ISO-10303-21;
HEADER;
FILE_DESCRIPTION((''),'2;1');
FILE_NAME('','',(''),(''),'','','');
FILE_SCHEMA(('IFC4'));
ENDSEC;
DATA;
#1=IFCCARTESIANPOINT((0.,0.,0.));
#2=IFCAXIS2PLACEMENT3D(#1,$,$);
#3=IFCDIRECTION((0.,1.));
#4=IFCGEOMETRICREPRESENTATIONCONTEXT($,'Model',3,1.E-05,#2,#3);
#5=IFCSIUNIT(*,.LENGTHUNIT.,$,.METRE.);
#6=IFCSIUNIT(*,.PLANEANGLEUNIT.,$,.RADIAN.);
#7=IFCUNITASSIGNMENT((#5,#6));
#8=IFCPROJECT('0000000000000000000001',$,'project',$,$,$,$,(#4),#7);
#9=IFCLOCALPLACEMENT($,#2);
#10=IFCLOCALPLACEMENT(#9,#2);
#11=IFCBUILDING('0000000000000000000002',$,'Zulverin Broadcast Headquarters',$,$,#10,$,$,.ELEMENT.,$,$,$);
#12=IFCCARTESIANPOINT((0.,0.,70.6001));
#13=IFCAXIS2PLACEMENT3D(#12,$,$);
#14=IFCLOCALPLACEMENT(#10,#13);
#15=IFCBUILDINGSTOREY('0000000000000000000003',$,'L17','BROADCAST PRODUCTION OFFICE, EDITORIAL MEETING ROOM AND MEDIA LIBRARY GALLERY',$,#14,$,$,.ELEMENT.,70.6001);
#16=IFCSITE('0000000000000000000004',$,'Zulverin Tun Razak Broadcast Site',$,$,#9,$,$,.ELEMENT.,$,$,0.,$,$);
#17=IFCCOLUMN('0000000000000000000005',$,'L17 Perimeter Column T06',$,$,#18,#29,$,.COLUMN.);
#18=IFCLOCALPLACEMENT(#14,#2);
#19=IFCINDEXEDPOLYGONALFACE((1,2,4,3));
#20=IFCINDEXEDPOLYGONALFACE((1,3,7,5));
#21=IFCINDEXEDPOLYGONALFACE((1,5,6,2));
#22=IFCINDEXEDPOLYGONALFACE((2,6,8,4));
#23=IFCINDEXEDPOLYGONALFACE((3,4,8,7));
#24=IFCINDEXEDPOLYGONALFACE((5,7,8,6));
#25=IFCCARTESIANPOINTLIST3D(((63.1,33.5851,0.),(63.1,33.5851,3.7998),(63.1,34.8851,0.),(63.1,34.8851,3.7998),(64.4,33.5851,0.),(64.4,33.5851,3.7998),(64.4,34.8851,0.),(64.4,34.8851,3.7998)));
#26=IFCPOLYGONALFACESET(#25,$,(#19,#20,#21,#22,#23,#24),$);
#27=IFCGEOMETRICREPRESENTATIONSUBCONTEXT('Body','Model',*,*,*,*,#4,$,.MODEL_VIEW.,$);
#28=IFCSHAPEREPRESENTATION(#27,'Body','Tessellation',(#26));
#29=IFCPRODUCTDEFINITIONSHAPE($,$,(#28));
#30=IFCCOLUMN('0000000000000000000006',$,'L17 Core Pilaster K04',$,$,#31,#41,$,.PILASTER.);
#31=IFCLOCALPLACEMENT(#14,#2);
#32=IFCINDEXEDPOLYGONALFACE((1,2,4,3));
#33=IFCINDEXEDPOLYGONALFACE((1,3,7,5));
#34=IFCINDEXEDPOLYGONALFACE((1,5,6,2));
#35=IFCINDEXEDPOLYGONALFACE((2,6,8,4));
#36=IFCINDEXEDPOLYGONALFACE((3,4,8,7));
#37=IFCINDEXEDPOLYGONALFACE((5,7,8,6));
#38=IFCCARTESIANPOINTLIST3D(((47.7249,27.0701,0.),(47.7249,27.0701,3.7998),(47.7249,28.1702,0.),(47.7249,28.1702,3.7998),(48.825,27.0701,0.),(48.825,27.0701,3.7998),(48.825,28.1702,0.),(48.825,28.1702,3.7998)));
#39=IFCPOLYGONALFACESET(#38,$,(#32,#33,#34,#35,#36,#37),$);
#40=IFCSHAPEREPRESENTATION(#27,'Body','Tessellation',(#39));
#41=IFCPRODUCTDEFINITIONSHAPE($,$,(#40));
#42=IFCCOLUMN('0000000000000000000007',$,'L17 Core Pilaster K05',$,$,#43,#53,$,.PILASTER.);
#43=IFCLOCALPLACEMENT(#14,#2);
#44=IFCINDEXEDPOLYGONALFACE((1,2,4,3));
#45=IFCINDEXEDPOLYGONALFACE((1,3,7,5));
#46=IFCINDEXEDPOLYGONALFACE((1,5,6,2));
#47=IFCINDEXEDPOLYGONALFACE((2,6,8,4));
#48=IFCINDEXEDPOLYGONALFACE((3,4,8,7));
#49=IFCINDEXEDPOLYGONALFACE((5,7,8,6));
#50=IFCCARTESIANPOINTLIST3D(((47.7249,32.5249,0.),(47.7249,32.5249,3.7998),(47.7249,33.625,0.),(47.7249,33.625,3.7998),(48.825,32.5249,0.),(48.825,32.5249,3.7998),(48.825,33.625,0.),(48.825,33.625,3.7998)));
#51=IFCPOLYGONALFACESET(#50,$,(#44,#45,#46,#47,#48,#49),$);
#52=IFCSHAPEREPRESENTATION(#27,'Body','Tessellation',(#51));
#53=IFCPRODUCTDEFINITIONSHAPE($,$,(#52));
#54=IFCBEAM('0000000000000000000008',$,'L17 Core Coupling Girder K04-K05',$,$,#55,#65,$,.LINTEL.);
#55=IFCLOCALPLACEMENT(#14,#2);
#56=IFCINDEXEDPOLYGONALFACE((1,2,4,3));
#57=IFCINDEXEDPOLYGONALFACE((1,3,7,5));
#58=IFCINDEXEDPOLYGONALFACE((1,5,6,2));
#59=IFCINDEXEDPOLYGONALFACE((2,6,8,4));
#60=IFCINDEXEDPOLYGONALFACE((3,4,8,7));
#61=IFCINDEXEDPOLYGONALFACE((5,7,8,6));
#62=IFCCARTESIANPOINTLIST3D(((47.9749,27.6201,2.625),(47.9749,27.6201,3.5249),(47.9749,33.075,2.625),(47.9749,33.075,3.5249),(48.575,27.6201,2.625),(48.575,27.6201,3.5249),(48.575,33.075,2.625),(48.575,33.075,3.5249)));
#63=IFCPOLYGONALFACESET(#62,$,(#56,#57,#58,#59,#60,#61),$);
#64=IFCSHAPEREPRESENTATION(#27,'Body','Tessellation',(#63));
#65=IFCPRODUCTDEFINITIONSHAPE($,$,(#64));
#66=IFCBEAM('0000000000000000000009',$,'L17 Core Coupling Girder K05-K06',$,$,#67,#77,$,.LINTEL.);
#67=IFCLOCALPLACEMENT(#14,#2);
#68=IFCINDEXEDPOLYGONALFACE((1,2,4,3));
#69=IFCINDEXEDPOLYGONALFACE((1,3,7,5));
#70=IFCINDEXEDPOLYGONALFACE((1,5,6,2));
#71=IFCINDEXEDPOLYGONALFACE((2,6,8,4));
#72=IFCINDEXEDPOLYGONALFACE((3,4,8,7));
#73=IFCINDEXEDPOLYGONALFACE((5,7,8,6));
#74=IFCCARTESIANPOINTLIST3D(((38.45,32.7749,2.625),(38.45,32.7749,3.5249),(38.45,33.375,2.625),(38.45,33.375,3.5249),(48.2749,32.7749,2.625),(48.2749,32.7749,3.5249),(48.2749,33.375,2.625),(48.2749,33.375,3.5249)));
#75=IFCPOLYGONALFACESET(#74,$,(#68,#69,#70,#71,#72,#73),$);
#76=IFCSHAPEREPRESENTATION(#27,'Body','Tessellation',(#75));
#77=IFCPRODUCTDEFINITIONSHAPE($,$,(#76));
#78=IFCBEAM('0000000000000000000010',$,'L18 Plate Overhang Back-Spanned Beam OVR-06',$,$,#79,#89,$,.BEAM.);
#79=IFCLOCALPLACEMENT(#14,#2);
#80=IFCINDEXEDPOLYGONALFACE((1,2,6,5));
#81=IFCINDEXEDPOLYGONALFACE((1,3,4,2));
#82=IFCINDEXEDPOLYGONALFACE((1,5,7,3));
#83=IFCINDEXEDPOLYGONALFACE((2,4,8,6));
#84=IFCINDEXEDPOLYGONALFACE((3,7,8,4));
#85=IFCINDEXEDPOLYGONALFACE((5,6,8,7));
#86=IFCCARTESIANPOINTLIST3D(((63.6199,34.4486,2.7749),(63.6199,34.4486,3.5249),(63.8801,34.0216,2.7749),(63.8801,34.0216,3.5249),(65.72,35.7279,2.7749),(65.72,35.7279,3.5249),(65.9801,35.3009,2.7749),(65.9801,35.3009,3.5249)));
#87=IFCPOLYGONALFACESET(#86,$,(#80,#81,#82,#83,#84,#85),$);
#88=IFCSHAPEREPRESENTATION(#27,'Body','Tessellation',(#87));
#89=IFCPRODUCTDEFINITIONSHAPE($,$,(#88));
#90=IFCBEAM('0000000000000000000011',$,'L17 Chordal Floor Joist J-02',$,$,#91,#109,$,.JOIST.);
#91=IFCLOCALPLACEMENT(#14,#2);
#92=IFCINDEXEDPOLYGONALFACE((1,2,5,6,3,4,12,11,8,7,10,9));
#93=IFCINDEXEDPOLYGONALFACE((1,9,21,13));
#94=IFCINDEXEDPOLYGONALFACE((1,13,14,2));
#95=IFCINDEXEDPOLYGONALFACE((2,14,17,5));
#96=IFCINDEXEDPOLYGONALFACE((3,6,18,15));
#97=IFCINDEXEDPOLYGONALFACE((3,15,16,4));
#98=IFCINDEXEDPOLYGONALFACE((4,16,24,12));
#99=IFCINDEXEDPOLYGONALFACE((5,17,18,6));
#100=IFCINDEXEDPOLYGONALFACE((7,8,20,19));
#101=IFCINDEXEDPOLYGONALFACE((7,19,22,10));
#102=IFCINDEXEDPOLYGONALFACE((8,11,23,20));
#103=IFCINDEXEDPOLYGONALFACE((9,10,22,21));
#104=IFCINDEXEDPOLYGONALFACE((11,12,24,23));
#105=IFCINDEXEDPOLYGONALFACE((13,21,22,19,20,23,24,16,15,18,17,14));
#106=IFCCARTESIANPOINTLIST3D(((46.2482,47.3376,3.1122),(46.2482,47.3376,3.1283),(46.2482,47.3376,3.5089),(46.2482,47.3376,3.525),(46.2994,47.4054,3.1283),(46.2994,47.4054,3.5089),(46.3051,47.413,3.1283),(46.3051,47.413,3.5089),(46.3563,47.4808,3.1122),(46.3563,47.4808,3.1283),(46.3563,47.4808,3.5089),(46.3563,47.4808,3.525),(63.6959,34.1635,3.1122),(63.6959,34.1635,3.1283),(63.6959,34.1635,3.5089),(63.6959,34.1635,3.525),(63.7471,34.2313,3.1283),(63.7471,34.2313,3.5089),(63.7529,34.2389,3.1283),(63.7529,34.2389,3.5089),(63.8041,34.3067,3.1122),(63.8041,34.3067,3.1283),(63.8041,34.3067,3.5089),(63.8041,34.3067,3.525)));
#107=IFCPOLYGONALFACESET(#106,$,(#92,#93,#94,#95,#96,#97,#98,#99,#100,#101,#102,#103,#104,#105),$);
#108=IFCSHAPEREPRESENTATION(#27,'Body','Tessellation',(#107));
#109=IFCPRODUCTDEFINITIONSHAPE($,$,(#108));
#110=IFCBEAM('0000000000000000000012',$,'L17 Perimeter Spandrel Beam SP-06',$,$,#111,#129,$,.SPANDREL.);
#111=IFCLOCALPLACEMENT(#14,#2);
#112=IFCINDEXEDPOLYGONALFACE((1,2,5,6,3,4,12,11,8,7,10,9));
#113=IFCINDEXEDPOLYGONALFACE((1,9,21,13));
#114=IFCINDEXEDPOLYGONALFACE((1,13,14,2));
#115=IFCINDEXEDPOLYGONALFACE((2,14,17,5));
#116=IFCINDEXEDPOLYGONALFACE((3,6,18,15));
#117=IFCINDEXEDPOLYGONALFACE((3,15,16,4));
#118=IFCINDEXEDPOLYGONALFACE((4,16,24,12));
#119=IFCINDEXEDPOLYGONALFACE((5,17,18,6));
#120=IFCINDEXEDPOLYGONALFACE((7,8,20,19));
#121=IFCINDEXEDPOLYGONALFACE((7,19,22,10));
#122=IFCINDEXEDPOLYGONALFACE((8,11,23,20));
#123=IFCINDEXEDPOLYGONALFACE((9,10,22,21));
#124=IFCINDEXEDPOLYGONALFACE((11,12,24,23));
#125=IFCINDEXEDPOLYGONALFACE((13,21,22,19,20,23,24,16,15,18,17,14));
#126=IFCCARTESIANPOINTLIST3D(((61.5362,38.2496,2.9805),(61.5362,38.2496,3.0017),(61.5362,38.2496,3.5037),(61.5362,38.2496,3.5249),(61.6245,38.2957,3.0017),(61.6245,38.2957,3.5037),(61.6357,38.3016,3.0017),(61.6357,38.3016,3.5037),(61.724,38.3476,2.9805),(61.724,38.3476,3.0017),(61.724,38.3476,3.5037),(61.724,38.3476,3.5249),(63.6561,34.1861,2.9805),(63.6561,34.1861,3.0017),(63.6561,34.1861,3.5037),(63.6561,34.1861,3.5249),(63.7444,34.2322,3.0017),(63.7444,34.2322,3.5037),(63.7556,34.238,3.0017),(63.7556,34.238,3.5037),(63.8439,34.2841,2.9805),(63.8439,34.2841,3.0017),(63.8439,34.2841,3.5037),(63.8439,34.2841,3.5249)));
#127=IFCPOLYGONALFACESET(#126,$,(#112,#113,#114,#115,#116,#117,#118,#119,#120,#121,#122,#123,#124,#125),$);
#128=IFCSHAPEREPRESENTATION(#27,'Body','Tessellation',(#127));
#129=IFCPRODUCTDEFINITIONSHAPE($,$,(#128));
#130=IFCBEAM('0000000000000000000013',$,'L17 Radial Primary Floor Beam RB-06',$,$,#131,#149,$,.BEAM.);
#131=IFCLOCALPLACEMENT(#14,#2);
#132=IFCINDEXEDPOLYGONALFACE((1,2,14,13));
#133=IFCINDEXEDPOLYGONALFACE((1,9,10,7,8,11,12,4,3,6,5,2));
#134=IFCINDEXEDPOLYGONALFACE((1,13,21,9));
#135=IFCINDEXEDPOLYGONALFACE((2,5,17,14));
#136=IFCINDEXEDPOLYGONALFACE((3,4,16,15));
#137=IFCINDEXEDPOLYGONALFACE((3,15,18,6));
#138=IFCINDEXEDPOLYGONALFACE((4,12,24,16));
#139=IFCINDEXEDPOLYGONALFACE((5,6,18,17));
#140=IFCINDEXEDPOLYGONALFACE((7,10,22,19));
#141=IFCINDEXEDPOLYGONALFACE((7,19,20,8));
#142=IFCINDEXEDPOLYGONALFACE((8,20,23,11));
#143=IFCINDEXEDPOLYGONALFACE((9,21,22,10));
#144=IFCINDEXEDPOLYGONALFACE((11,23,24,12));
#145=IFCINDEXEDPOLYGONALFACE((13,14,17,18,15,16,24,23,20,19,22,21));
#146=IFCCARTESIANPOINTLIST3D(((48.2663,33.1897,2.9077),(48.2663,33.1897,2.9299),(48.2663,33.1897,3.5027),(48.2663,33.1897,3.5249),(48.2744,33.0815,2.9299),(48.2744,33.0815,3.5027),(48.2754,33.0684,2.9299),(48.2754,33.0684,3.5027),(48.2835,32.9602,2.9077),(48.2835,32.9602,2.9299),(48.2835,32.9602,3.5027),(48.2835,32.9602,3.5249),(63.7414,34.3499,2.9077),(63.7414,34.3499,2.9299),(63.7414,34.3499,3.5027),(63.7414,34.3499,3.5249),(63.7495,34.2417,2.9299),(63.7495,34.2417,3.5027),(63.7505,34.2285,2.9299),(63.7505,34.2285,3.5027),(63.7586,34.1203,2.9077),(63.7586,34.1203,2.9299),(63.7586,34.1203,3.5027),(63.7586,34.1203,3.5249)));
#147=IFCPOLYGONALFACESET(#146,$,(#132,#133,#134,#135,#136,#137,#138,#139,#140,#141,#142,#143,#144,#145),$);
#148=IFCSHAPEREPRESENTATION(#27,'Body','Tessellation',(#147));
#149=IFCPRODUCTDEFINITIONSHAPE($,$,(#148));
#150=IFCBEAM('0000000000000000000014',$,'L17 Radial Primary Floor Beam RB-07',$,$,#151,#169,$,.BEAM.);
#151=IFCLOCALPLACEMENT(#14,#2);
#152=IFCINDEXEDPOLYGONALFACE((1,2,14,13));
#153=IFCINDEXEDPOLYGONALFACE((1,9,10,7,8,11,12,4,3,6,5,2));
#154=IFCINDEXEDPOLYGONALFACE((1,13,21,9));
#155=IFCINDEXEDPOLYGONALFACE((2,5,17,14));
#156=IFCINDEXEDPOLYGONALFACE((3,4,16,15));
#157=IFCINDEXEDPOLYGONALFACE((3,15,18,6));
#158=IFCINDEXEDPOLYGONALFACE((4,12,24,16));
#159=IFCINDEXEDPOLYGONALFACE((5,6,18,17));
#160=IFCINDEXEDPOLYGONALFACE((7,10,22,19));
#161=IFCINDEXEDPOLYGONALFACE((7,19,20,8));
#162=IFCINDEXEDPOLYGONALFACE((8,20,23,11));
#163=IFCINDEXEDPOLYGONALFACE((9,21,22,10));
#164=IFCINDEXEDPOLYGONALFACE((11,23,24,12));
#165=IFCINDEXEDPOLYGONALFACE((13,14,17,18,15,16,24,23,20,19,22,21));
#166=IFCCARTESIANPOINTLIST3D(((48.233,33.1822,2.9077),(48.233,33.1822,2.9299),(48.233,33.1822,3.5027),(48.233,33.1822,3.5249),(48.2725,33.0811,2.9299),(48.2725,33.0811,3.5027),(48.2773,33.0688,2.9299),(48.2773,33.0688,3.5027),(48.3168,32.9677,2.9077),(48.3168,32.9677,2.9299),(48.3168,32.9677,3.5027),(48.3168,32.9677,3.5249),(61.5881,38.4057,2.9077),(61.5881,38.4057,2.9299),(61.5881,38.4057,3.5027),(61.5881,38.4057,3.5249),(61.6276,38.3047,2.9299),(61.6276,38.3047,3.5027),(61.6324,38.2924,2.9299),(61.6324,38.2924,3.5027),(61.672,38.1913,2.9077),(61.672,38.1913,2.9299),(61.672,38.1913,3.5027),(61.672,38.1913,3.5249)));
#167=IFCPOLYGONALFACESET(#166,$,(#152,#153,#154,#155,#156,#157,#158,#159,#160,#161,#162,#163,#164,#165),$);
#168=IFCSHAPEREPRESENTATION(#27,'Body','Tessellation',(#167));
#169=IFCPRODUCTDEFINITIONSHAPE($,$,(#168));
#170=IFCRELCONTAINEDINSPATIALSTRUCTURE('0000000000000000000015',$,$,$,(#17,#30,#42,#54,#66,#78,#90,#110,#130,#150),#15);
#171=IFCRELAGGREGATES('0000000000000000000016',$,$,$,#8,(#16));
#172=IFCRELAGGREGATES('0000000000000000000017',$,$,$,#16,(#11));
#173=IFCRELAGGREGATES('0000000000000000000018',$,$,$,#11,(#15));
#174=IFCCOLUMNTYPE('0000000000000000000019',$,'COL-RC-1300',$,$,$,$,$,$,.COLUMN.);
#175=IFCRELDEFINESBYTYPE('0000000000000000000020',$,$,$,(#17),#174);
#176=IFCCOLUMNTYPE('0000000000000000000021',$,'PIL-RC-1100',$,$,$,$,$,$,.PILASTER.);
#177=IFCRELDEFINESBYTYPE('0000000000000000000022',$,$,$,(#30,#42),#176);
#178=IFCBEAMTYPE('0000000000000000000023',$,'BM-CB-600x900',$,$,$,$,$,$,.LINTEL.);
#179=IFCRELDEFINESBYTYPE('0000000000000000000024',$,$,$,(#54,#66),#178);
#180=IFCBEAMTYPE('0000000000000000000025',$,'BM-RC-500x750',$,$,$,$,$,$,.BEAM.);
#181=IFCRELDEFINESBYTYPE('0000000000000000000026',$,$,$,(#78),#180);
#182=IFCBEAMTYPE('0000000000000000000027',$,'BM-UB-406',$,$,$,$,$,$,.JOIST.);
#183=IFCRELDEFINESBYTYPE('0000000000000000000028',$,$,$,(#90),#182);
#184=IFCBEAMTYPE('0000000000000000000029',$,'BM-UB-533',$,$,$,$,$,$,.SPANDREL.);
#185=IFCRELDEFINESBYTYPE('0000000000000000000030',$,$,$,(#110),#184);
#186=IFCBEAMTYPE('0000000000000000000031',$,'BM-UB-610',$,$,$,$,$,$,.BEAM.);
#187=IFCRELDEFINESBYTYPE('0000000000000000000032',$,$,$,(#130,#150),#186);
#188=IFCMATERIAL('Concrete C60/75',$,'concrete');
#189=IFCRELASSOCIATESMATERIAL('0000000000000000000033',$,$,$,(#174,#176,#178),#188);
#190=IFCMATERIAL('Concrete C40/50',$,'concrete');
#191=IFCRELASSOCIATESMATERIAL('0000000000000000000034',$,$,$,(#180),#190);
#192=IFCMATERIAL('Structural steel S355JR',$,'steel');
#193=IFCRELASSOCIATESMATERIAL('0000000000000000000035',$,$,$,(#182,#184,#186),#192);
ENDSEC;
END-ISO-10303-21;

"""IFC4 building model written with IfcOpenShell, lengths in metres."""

from ifc_helpers import new_model, si_unit, direction, frame, origin, origin_2d, place, context, subcontext, project, spatial, rectangle, i_section, extrude, material, material_profile, profile_set, type_object, element, save


model = new_model("IFC4")

# Units and contexts
model_context = context("Model", 3, precision=1e-05, world=origin(), true_north=direction((0.0, 1.0)))
body_context = subcontext(model_context, "Body", "Model", "MODEL_VIEW")
ifc_project = project(units=[si_unit("LENGTHUNIT", "METRE"), si_unit("PLANEANGLEUNIT", "RADIAN")], contexts=[model_context])

# Site, building, storey
site_placement = place(None, origin())
site = spatial("IfcSite", under=ifc_project, at=site_placement, Name="Zulverin Tun Razak Broadcast Site", CompositionType="ELEMENT", RefElevation=0.0)
building_placement = place(site_placement, origin())
building = spatial("IfcBuilding", under=site, at=building_placement, Name="Zulverin Broadcast Headquarters", CompositionType="ELEMENT")
storey_placement = place(building_placement, frame((0.0, 0.0, 70.6001)))
storey = spatial("IfcBuildingStorey", under=building, at=storey_placement, Name="L17", Description="BROADCAST PRODUCTION OFFICE, EDITORIAL MEETING ROOM AND MEDIA LIBRARY GALLERY", CompositionType="ELEMENT", Elevation=70.6001)

# Columns
ifc_material_1 = material(Name="Concrete C60/75", Category="concrete")
ifc_material_profile_1 = material_profile(ifc_material_1, rectangle(XDim=1.3, YDim=1.3, at=origin_2d()), Name="Concrete C60/75", Category="concrete")
ifc_profile_set_1 = profile_set([ifc_material_profile_1], Name="Concrete C60/75")
column_type_1 = type_object("IfcColumnType", Name="COL-RC-1300", PredefinedType="COLUMN", material=ifc_profile_set_1)
column_placement = place(storey_placement, frame((63.75, 34.2351, 0.0), z_axis=(0.0, 0.0, 1.0), x_axis=(1.0, 0.0, 0.0)))
element("IfcColumn", 1, at=column_placement, inside=storey, type_object=column_type_1, Name="L17 Perimeter Column T06", PredefinedType="COLUMN", context=body_context, shape_type="SweptSolid", body=[
    extrude(rectangle(XDim=1.3, YDim=1.3, at=origin_2d()), origin(), (0.0, 0.0, 1.0), 3.7998),
])
ifc_material_profile_2 = material_profile(ifc_material_1, rectangle(XDim=1.1001, YDim=1.1001, at=origin_2d()), Name="Concrete C60/75", Category="concrete")
ifc_profile_set_2 = profile_set([ifc_material_profile_2], Name="Concrete C60/75")
column_type_2 = type_object("IfcColumnType", Name="PIL-RC-1100", PredefinedType="PILASTER", material=ifc_profile_set_2)
for number, where, z_axis, x_axis, name in (
    (2, (48.2749, 27.6201, 0.0), (0.0, 0.0, 1.0), (1.0, 0.0, 0.0), "L17 Core Pilaster K04"),
    (3, (48.2749, 33.075, 0.0), (0.0, 0.0, 1.0), (1.0, 0.0, 0.0), "L17 Core Pilaster K05"),
):
    element("IfcColumn", number, at=place(storey_placement, frame(where, z_axis=z_axis, x_axis=x_axis)), inside=storey, type_object=column_type_2, Name=name, PredefinedType="PILASTER", context=body_context, shape_type="SweptSolid", body=[
        extrude(rectangle(XDim=1.1001, YDim=1.1001, at=origin_2d()), origin(), (0.0, 0.0, 1.0), 3.7998),
    ])

# Beams
ifc_material_profile_3 = material_profile(ifc_material_1, rectangle(XDim=0.6001, YDim=0.8999, at=origin_2d()), Name="Concrete C60/75", Category="concrete")
ifc_profile_set_3 = profile_set([ifc_material_profile_3], Name="Concrete C60/75")
beam_type_1 = type_object("IfcBeamType", Name="BM-CB-600x900", PredefinedType="LINTEL", material=ifc_profile_set_3)
beam_1_placement = place(storey_placement, frame((48.2749, 27.6201, 3.075), z_axis=(0.0, 1.0, 0.0), x_axis=(-1.0, 0.0, 0.0)))
element("IfcBeam", 4, at=beam_1_placement, inside=storey, type_object=beam_type_1, Name="L17 Core Coupling Girder K04-K05", PredefinedType="LINTEL", context=body_context, shape_type="SweptSolid", body=[
    extrude(rectangle(XDim=0.6001, YDim=0.8999, at=origin_2d()), origin(), (0.0, 0.0, 1.0), 5.4548),
])
beam_2_placement = place(storey_placement, frame((48.2749, 33.075, 3.075), z_axis=(-1.0, 0.0, 0.0), x_axis=(0.0, -1.0, 0.0)))
element("IfcBeam", 5, at=beam_2_placement, inside=storey, type_object=beam_type_1, Name="L17 Core Coupling Girder K05-K06", PredefinedType="LINTEL", context=body_context, shape_type="SweptSolid", body=[
    extrude(rectangle(XDim=0.6001, YDim=0.8999, at=origin_2d()), origin(), (0.0, 0.0, 1.0), 9.825),
])
ifc_material_2 = material(Name="Concrete C40/50", Category="concrete")
ifc_material_profile_4 = material_profile(ifc_material_2, rectangle(XDim=0.5, YDim=0.75, at=origin_2d()), Name="Concrete C40/50", Category="concrete")
ifc_profile_set_4 = profile_set([ifc_material_profile_4], Name="Concrete C40/50")
beam_type_2 = type_object("IfcBeamType", Name="BM-RC-500x750", PredefinedType="BEAM", material=ifc_profile_set_4)
beam_3_placement = place(storey_placement, frame((63.75, 34.2351, 3.1499), z_axis=(0.854022, 0.520237, 0.0), x_axis=(-0.520237, 0.854022, 0.0)))
element("IfcBeam", 6, at=beam_3_placement, inside=storey, type_object=beam_type_2, Name="L18 Plate Overhang Back-Spanned Beam OVR-06", PredefinedType="BEAM", context=body_context, shape_type="SweptSolid", body=[
    extrude(rectangle(XDim=0.5, YDim=0.75, at=origin_2d()), origin(), (0.0, 0.0, 1.0), 2.459),
])
ifc_material_3 = material(Name="Structural steel S355JR", Category="steel")
ifc_material_profile_5 = material_profile(ifc_material_3, i_section(OverallWidth=0.1794, OverallDepth=0.4128, WebThickness=0.0095, FlangeThickness=0.0161, at=origin_2d()), Name="Structural steel S355JR", Category="steel")
ifc_profile_set_5 = profile_set([ifc_material_profile_5], Name="Structural steel S355JR")
beam_type_3 = type_object("IfcBeamType", Name="BM-UB-406", PredefinedType="JOIST", material=ifc_profile_set_5)
beam_4_placement = place(storey_placement, frame((63.75, 34.2351, 3.3186), z_axis=(-0.798058, 0.60258, 0.0), x_axis=(-0.60258, -0.798058, 0.0)))
element("IfcBeam", 7, at=beam_4_placement, inside=storey, type_object=beam_type_3, Name="L17 Chordal Floor Joist J-02", PredefinedType="JOIST", context=body_context, shape_type="SweptSolid", body=[
    extrude(i_section(OverallWidth=0.1794, OverallDepth=0.4128, WebThickness=0.0095, FlangeThickness=0.0161, at=origin_2d()), origin(), (0.0, 0.0, 1.0), 21.8628),
])
ifc_material_profile_6 = material_profile(ifc_material_3, i_section(OverallWidth=0.2119, OverallDepth=0.5444, WebThickness=0.0127, FlangeThickness=0.0212, at=origin_2d()), Name="Structural steel S355JR", Category="steel")
ifc_profile_set_6 = profile_set([ifc_material_profile_6], Name="Structural steel S355JR")
beam_type_4 = type_object("IfcBeamType", Name="BM-UB-533", PredefinedType="SPANDREL", material=ifc_profile_set_6)
beam_5_placement = place(storey_placement, frame((63.75, 34.2351, 3.2527), z_axis=(-0.462531, 0.886603, 0.0), x_axis=(-0.886603, -0.462531, 0.0)))
element("IfcBeam", 8, at=beam_5_placement, inside=storey, type_object=beam_type_4, Name="L17 Perimeter Spandrel Beam SP-06", PredefinedType="SPANDREL", context=body_context, shape_type="SweptSolid", body=[
    extrude(i_section(OverallWidth=0.2119, OverallDepth=0.5444, WebThickness=0.0127, FlangeThickness=0.0212, at=origin_2d()), origin(), (0.0, 0.0, 1.0), 4.5833),
])
ifc_material_profile_7 = material_profile(ifc_material_3, i_section(OverallWidth=0.2302, OverallDepth=0.6172, WebThickness=0.0132, FlangeThickness=0.0222, at=origin_2d()), Name="Structural steel S355JR", Category="steel")
ifc_profile_set_7 = profile_set([ifc_material_profile_7], Name="Structural steel S355JR")
beam_type_5 = type_object("IfcBeamType", Name="BM-UB-610", PredefinedType="BEAM", material=ifc_profile_set_7)
beam_6_placement = place(storey_placement, frame((48.2749, 33.075, 3.2163), z_axis=(0.997202, 0.074759, 0.0), x_axis=(-0.074759, 0.997202, 0.0)))
element("IfcBeam", 9, at=beam_6_placement, inside=storey, type_object=beam_type_5, Name="L17 Radial Primary Floor Beam RB-06", PredefinedType="BEAM", context=body_context, shape_type="SweptSolid", body=[
    extrude(i_section(OverallWidth=0.2302, OverallDepth=0.6172, WebThickness=0.0132, FlangeThickness=0.0222, at=origin_2d()), origin(), (0.0, 0.0, 1.0), 15.5186),
])
beam_7_placement = place(storey_placement, frame((48.2749, 33.075, 3.2163), z_axis=(0.931298, 0.364259, 0.0), x_axis=(-0.364259, 0.931298, 0.0)))
element("IfcBeam", 10, at=beam_7_placement, inside=storey, type_object=beam_type_5, Name="L17 Radial Primary Floor Beam RB-07", PredefinedType="BEAM", context=body_context, shape_type="SweptSolid", body=[
    extrude(i_section(OverallWidth=0.2302, OverallDepth=0.6172, WebThickness=0.0132, FlangeThickness=0.0222, at=origin_2d()), origin(), (0.0, 0.0, 1.0), 14.3403),
])

save(model, "model.ifc")
